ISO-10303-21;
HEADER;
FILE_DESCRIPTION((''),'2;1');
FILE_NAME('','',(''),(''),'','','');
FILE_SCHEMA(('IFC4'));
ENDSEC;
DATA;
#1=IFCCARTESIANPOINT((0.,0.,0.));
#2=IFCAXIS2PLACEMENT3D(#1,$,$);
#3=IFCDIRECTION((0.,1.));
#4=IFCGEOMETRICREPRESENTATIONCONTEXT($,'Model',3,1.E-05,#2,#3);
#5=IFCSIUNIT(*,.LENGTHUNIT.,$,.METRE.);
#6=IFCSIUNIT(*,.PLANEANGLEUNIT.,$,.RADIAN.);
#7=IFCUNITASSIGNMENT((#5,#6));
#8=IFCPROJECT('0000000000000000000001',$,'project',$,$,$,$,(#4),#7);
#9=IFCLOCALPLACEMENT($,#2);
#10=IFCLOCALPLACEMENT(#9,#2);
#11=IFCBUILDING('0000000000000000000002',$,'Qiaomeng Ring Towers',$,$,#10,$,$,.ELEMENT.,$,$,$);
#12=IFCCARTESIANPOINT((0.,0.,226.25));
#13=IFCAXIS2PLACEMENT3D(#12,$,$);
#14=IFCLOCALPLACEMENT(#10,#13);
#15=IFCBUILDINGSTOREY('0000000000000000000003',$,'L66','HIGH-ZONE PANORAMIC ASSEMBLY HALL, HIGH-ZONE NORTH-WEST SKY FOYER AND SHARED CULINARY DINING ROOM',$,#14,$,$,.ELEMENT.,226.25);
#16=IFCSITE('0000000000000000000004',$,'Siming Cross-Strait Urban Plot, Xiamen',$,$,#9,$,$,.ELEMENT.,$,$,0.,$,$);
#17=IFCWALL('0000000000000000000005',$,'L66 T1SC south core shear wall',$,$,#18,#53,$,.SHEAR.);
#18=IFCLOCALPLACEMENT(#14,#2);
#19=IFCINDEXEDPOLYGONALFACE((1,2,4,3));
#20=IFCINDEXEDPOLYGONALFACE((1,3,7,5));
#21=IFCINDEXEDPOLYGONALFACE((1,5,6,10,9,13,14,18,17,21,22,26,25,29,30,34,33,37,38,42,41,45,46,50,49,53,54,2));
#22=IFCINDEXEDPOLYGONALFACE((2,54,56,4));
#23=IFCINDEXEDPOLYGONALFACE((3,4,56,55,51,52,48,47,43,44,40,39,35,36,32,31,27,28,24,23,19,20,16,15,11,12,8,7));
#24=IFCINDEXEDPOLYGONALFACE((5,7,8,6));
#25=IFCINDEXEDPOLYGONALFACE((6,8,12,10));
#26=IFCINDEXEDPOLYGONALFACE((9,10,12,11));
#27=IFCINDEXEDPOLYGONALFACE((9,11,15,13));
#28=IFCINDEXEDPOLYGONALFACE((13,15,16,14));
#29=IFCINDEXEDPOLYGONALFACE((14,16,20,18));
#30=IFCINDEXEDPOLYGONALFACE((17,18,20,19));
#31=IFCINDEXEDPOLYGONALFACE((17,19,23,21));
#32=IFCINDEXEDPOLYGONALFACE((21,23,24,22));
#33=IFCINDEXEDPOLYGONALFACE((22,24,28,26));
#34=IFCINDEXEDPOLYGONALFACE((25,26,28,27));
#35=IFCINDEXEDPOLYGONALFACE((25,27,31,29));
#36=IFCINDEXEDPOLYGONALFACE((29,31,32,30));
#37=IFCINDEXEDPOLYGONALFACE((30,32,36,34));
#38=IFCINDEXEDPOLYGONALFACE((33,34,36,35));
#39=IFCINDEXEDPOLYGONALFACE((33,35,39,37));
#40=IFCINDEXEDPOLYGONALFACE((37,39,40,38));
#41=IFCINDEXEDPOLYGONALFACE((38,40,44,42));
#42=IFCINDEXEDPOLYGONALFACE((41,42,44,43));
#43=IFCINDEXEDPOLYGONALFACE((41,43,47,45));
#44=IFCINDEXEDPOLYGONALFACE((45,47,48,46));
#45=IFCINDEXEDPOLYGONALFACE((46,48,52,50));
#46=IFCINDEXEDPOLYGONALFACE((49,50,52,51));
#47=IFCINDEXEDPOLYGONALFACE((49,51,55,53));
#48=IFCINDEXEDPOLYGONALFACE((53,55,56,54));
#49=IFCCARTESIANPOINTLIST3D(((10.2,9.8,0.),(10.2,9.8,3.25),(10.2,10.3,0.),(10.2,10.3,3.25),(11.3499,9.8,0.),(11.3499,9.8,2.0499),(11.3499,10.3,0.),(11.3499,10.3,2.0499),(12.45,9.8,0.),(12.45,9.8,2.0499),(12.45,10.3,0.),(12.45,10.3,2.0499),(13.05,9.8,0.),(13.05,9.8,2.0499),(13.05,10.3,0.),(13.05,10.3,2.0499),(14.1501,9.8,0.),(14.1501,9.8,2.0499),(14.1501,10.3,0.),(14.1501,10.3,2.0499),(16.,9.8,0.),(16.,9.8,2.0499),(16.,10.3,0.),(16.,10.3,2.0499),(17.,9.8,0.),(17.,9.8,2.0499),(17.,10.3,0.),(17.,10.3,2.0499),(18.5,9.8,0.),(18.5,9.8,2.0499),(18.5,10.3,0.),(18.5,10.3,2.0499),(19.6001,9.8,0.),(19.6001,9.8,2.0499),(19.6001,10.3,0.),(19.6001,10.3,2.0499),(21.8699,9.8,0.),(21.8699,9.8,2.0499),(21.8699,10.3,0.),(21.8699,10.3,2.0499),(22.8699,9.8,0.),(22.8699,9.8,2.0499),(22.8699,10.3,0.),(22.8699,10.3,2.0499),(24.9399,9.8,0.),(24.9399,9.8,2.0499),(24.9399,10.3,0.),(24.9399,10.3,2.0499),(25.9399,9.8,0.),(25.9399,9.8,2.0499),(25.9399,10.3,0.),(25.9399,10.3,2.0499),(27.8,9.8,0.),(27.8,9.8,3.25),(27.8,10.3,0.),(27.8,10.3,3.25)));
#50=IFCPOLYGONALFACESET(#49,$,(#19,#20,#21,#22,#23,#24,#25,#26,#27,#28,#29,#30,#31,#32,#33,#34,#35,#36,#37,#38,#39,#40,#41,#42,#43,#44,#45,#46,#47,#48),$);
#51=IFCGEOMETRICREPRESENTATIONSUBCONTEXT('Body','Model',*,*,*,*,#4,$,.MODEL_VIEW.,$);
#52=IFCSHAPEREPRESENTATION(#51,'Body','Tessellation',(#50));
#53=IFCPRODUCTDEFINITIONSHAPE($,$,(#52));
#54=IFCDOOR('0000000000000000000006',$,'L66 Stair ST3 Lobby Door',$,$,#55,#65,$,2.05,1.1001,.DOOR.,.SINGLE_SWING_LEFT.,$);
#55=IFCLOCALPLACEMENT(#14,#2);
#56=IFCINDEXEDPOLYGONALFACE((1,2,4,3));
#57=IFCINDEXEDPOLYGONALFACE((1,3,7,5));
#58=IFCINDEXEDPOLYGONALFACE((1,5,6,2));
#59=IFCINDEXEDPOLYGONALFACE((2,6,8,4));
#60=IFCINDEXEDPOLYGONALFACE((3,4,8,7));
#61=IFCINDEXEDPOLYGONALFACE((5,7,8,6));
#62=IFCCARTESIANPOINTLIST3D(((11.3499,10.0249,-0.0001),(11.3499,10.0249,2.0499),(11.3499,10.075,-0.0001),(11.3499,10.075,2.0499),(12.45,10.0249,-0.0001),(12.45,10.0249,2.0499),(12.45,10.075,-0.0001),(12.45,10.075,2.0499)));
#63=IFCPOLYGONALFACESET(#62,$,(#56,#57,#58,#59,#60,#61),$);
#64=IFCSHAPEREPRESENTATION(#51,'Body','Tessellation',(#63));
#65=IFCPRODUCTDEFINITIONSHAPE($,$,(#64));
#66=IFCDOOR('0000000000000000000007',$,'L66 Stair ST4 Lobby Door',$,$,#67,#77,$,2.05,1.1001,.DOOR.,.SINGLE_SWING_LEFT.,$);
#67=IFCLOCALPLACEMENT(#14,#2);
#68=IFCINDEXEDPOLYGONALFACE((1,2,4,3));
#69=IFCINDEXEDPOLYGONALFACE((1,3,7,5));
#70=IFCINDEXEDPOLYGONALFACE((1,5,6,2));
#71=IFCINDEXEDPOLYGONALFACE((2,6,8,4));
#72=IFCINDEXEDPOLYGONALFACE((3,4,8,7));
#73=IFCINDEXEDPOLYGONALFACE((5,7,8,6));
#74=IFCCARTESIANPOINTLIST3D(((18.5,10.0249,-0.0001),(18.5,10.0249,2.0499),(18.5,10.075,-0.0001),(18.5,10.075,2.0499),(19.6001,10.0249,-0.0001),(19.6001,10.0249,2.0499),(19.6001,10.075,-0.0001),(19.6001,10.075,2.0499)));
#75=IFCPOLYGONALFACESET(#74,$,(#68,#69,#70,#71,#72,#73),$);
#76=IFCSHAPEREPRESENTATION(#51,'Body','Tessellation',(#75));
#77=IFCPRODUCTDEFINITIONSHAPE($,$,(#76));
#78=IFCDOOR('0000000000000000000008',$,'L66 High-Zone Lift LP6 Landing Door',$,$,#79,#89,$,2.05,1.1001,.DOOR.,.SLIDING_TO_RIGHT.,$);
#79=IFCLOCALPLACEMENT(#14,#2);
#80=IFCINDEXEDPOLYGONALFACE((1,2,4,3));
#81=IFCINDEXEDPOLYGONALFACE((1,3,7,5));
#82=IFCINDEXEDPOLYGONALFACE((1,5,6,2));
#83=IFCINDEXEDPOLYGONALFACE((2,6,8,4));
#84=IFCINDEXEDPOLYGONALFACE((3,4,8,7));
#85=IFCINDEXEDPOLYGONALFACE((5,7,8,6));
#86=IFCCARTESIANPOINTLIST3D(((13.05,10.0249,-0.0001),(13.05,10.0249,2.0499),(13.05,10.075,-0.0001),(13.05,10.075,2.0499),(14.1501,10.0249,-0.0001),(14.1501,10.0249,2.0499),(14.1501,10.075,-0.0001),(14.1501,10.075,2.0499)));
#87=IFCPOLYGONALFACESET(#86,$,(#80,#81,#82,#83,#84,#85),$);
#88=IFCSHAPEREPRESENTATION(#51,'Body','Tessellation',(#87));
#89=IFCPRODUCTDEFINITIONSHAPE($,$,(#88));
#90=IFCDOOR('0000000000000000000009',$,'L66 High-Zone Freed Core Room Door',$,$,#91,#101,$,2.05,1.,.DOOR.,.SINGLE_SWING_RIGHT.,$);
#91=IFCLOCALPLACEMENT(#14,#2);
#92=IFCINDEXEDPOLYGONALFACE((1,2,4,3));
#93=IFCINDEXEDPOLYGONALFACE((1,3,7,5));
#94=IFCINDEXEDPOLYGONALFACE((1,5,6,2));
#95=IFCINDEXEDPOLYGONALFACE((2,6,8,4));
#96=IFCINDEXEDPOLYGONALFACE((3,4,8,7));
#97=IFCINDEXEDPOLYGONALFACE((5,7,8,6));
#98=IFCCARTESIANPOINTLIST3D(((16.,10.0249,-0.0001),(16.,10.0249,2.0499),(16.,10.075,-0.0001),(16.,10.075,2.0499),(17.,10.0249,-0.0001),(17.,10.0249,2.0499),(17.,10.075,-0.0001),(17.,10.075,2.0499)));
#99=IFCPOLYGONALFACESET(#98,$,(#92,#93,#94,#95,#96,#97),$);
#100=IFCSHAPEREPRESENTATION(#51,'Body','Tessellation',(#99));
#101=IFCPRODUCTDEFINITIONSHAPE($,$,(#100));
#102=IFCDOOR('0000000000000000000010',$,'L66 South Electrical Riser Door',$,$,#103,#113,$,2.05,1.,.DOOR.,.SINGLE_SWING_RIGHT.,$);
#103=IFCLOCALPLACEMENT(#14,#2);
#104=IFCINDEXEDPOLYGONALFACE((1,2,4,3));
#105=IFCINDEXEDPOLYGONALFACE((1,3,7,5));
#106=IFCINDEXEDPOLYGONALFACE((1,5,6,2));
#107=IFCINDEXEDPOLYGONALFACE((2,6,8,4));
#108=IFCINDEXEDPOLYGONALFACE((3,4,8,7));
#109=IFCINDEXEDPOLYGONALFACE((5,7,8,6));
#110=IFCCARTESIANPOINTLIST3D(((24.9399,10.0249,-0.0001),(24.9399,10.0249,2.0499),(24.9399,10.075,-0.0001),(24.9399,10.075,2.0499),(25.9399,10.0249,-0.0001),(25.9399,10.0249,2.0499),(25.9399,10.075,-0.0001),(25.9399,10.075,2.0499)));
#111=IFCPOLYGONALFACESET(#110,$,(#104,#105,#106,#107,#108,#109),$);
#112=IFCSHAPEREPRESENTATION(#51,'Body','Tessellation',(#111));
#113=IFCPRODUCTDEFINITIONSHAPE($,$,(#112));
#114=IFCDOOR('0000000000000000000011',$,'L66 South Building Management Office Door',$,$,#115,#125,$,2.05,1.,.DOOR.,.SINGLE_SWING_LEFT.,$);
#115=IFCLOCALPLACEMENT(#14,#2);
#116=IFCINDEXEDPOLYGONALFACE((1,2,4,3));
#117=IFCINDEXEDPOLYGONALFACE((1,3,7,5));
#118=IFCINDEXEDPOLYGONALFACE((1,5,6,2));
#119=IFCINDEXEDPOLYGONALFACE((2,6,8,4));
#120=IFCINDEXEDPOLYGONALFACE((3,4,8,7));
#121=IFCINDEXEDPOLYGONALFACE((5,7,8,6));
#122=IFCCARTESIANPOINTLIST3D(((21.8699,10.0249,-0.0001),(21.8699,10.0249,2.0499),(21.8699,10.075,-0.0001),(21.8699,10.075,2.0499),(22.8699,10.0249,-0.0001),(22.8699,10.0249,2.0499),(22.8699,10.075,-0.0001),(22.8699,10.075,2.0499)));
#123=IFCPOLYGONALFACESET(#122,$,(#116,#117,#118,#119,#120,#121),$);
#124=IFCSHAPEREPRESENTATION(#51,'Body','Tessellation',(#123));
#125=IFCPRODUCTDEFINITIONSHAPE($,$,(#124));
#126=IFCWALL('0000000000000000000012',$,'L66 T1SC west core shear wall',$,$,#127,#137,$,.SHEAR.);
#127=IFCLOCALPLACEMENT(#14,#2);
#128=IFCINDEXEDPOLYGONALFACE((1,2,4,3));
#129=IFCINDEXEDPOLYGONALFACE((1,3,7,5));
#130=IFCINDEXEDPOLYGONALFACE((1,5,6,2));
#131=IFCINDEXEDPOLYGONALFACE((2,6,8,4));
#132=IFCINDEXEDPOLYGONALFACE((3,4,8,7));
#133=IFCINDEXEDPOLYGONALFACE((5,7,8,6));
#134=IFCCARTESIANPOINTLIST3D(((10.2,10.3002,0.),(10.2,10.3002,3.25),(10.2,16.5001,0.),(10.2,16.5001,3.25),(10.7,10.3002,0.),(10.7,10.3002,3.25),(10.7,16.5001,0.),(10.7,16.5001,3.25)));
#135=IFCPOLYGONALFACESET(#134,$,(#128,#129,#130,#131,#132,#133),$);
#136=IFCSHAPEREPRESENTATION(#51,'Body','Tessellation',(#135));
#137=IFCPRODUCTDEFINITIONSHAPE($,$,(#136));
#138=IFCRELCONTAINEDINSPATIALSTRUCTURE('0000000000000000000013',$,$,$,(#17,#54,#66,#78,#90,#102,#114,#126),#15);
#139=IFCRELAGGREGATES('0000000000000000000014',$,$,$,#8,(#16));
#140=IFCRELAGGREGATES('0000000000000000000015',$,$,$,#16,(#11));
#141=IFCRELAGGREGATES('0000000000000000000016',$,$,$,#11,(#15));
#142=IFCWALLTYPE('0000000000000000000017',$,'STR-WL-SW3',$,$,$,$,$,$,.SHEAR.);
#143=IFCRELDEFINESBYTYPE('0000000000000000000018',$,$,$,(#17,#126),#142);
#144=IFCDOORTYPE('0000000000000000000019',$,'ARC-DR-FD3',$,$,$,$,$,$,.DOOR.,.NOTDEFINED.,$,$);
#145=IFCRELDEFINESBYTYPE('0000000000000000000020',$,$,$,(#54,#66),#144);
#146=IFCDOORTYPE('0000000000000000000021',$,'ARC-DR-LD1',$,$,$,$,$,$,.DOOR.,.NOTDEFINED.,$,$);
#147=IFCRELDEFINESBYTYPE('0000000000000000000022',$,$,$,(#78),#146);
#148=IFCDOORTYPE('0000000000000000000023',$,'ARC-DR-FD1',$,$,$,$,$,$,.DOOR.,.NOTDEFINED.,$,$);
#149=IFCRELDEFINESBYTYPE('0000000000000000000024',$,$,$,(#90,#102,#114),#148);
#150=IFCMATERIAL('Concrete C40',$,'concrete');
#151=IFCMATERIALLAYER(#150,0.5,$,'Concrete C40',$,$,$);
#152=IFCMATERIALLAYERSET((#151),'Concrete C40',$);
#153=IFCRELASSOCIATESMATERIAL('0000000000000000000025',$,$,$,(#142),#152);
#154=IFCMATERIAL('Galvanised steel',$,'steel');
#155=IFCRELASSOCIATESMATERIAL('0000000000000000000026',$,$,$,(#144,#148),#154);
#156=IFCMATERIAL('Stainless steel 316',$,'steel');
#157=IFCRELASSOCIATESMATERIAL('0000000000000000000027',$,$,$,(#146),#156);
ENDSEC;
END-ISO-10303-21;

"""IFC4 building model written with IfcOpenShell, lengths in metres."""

from ifc_helpers import new_model, si_unit, direction, frame, frame_2d, origin, place, context, subcontext, project, spatial, rectangle, extrude, source, transform, mapped, material, layer, layer_set, type_object, element, fill, save


model = new_model("IFC4")

# Units and contexts
model_context = context("Model", 3, precision=1e-05, world=origin(), true_north=direction((0.0, 1.0)))
body_context = subcontext(model_context, "Body", "Model", "MODEL_VIEW")
ifc_project = project(units=[si_unit("LENGTHUNIT", "METRE"), si_unit("PLANEANGLEUNIT", "RADIAN")], contexts=[model_context])

# Site, building, storey
site_placement = place(None, origin())
site = spatial("IfcSite", under=ifc_project, at=site_placement, Name="Siming Cross-Strait Urban Plot, Xiamen", CompositionType="ELEMENT", RefElevation=0.0)
building_placement = place(site_placement, origin())
building = spatial("IfcBuilding", under=site, at=building_placement, Name="Qiaomeng Ring Towers", CompositionType="ELEMENT")
storey_placement = place(building_placement, frame((0.0, 0.0, 226.25)))
storey = spatial("IfcBuildingStorey", under=building, at=storey_placement, Name="L66", Description="HIGH-ZONE PANORAMIC ASSEMBLY HALL, HIGH-ZONE NORTH-WEST SKY FOYER AND SHARED CULINARY DINING ROOM", CompositionType="ELEMENT", Elevation=226.25)

# Shared definitions
shared_shape_1 = source(origin(), body_context, "Body", "SweptSolid", [
    extrude(rectangle(XDim=1.0, YDim=2.05, at=frame_2d((0.5, 1.0249))), frame((0.0, 0.0249, 0.0), z_axis=(0.0, -1.0, 0.0), x_axis=(1.0, 0.0, 0.0)), (0.0, 0.0, 1.0), 0.05),
])

# Shared definitions
ifc_material_1 = material(Name="Concrete C40", Category="concrete")

# Wall, openings, doors
ifc_layer_1 = layer(ifc_material_1, 0.5, Name="Concrete C40")
ifc_layer_set_1 = layer_set([ifc_layer_1], Name="Concrete C40")
wall_type_1 = type_object("IfcWallType", Name="STR-WL-SW3", PredefinedType="SHEAR", material=ifc_layer_set_1)
wall_1_placement = place(storey_placement, frame((10.2, 10.05, 0.0), z_axis=(0.0, 0.0, 1.0), x_axis=(1.0, 0.0, 0.0)))
wall_1 = element("IfcWall", 1, at=wall_1_placement, inside=storey, type_object=wall_type_1, Name="L66 T1SC south core shear wall", PredefinedType="SHEAR", context=body_context, shape_type="SweptSolid", body=[
    extrude(rectangle(XDim=17.6001, YDim=0.5, at=frame_2d((8.8, 0.0))), origin(), (0.0, 0.0, 1.0), 3.25),
])
opening_1_placement = place(wall_1_placement, frame((1.1499, 0.0, 0.0)))
opening_1 = element("IfcOpeningElement", 2, at=opening_1_placement, cuts=wall_1, PredefinedType="OPENING", context=body_context, shape_type="SweptSolid", body=[
    extrude(rectangle(XDim=1.1001, YDim=2.05, at=frame_2d((0.55, 1.0249))), frame((0.0, 0.26, 0.0), z_axis=(0.0, -1.0, 0.0), x_axis=(1.0, 0.0, 0.0)), (0.0, 0.0, 1.0), 0.52),
])
opening_2_placement = place(wall_1_placement, frame((8.3, 0.0, 0.0)))
opening_2 = element("IfcOpeningElement", 3, at=opening_2_placement, cuts=wall_1, PredefinedType="OPENING", context=body_context, shape_type="SweptSolid", body=[
    extrude(rectangle(XDim=1.1001, YDim=2.05, at=frame_2d((0.55, 1.0249))), frame((0.0, 0.26, 0.0), z_axis=(0.0, -1.0, 0.0), x_axis=(1.0, 0.0, 0.0)), (0.0, 0.0, 1.0), 0.52),
])
opening_3_placement = place(wall_1_placement, frame((2.8501, 0.0, 0.0)))
opening_3 = element("IfcOpeningElement", 4, at=opening_3_placement, cuts=wall_1, PredefinedType="OPENING", context=body_context, shape_type="SweptSolid", body=[
    extrude(rectangle(XDim=1.1001, YDim=2.05, at=frame_2d((0.55, 1.0249))), frame((0.0, 0.26, 0.0), z_axis=(0.0, -1.0, 0.0), x_axis=(1.0, 0.0, 0.0)), (0.0, 0.0, 1.0), 0.52),
])
opening_4_placement = place(wall_1_placement, frame((5.8, 0.0, 0.0)))
opening_4 = element("IfcOpeningElement", 5, at=opening_4_placement, cuts=wall_1, PredefinedType="OPENING", context=body_context, shape_type="SweptSolid", body=[
    extrude(rectangle(XDim=1.0, YDim=2.05, at=frame_2d((0.5, 1.0249))), frame((0.0, 0.26, 0.0), z_axis=(0.0, -1.0, 0.0), x_axis=(1.0, 0.0, 0.0)), (0.0, 0.0, 1.0), 0.52),
])
opening_5_placement = place(wall_1_placement, frame((14.74, 0.0, 0.0)))
opening_5 = element("IfcOpeningElement", 6, at=opening_5_placement, cuts=wall_1, PredefinedType="OPENING", context=body_context, shape_type="SweptSolid", body=[
    extrude(rectangle(XDim=1.0, YDim=2.05, at=frame_2d((0.5, 1.0249))), frame((0.0, 0.26, 0.0), z_axis=(0.0, -1.0, 0.0), x_axis=(1.0, 0.0, 0.0)), (0.0, 0.0, 1.0), 0.52),
])
opening_6_placement = place(wall_1_placement, frame((11.6699, 0.0, 0.0)))
opening_6 = element("IfcOpeningElement", 7, at=opening_6_placement, cuts=wall_1, PredefinedType="OPENING", context=body_context, shape_type="SweptSolid", body=[
    extrude(rectangle(XDim=1.0, YDim=2.05, at=frame_2d((0.5, 1.0249))), frame((0.0, 0.26, 0.0), z_axis=(0.0, -1.0, 0.0), x_axis=(1.0, 0.0, 0.0)), (0.0, 0.0, 1.0), 0.52),
])
ifc_material_2 = material(Name="Galvanised steel", Category="steel")
door_type_1 = type_object("IfcDoorType", Name="ARC-DR-FD3", OperationType="NOTDEFINED", PredefinedType="DOOR", material=ifc_material_2)
shared_shape_2 = source(origin(), body_context, "Body", "SweptSolid", [
    extrude(rectangle(XDim=1.1001, YDim=2.05, at=frame_2d((0.55, 1.0249))), frame((0.0, 0.0249, 0.0), z_axis=(0.0, -1.0, 0.0), x_axis=(1.0, 0.0, 0.0)), (0.0, 0.0, 1.0), 0.05),
])
door_1_placement = place(opening_1_placement, origin())
door_1 = element("IfcDoor", 8, at=door_1_placement, inside=storey, type_object=door_type_1, Name="L66 Stair ST3 Lobby Door", OperationType="SINGLE_SWING_LEFT", OverallHeight=2.05, OverallWidth=1.1001, PredefinedType="DOOR", context=body_context, shape_type="MappedRepresentation", body=[
    mapped(shared_shape_2, transform((0.0, 0.0, 0.0), x_axis=(1.0, 0.0, 0.0), y_axis=(0.0, 1.0, 0.0), z_axis=(0.0, 0.0, 1.0), scale=1.0)),
])
fill(opening_1, door_1)
door_2_placement = place(opening_2_placement, origin())
door_2 = element("IfcDoor", 9, at=door_2_placement, inside=storey, type_object=door_type_1, Name="L66 Stair ST4 Lobby Door", OperationType="SINGLE_SWING_LEFT", OverallHeight=2.05, OverallWidth=1.1001, PredefinedType="DOOR", context=body_context, shape_type="MappedRepresentation", body=[
    mapped(shared_shape_2, transform((0.0, 0.0, 0.0), x_axis=(1.0, 0.0, 0.0), y_axis=(0.0, 1.0, 0.0), z_axis=(0.0, 0.0, 1.0), scale=1.0)),
])
fill(opening_2, door_2)
ifc_material_3 = material(Name="Stainless steel 316", Category="steel")
door_type_2 = type_object("IfcDoorType", Name="ARC-DR-LD1", OperationType="NOTDEFINED", PredefinedType="DOOR", material=ifc_material_3)
door_3_placement = place(opening_3_placement, origin())
door_3 = element("IfcDoor", 10, at=door_3_placement, inside=storey, type_object=door_type_2, Name="L66 High-Zone Lift LP6 Landing Door", OperationType="SLIDING_TO_RIGHT", OverallHeight=2.05, OverallWidth=1.1001, PredefinedType="DOOR", context=body_context, shape_type="MappedRepresentation", body=[
    mapped(shared_shape_2, transform((0.0, 0.0, 0.0), x_axis=(1.0, 0.0, 0.0), y_axis=(0.0, 1.0, 0.0), z_axis=(0.0, 0.0, 1.0), scale=1.0)),
])
fill(opening_3, door_3)
door_type_3 = type_object("IfcDoorType", Name="ARC-DR-FD1", OperationType="NOTDEFINED", PredefinedType="DOOR", material=ifc_material_2)
door_4_placement = place(opening_4_placement, origin())
door_4 = element("IfcDoor", 11, at=door_4_placement, inside=storey, type_object=door_type_3, Name="L66 High-Zone Freed Core Room Door", OperationType="SINGLE_SWING_RIGHT", OverallHeight=2.05, OverallWidth=1.0, PredefinedType="DOOR", context=body_context, shape_type="MappedRepresentation", body=[
    mapped(shared_shape_1, transform((0.0, 0.0, 0.0), x_axis=(1.0, 0.0, 0.0), y_axis=(0.0, 1.0, 0.0), z_axis=(0.0, 0.0, 1.0), scale=1.0)),
])
fill(opening_4, door_4)
door_5_placement = place(opening_5_placement, origin())
door_5 = element("IfcDoor", 12, at=door_5_placement, inside=storey, type_object=door_type_3, Name="L66 South Electrical Riser Door", OperationType="SINGLE_SWING_RIGHT", OverallHeight=2.05, OverallWidth=1.0, PredefinedType="DOOR", context=body_context, shape_type="MappedRepresentation", body=[
    mapped(shared_shape_1, transform((0.0, 0.0, 0.0), x_axis=(1.0, 0.0, 0.0), y_axis=(0.0, 1.0, 0.0), z_axis=(0.0, 0.0, 1.0), scale=1.0)),
])
fill(opening_5, door_5)
door_6_placement = place(opening_6_placement, origin())
door_6 = element("IfcDoor", 13, at=door_6_placement, inside=storey, type_object=door_type_3, Name="L66 South Building Management Office Door", OperationType="SINGLE_SWING_LEFT", OverallHeight=2.05, OverallWidth=1.0, PredefinedType="DOOR", context=body_context, shape_type="MappedRepresentation", body=[
    mapped(shared_shape_1, transform((0.0, 0.0, 0.0), x_axis=(1.0, 0.0, 0.0), y_axis=(0.0, 1.0, 0.0), z_axis=(0.0, 0.0, 1.0), scale=1.0)),
])
fill(opening_6, door_6)

# Wall
wall_2_placement = place(storey_placement, frame((10.45, 10.3, 0.0), z_axis=(0.0, 0.0, 1.0), x_axis=(0.0, 1.0, 0.0)))
element("IfcWall", 14, at=wall_2_placement, inside=storey, type_object=wall_type_1, Name="L66 T1SC west core shear wall", PredefinedType="SHEAR", context=body_context, shape_type="SweptSolid", body=[
    extrude(rectangle(XDim=6.2, YDim=0.5, at=frame_2d((3.1001, 0.0))), origin(), (0.0, 0.0, 1.0), 3.25),
])

save(model, "model.ifc")
